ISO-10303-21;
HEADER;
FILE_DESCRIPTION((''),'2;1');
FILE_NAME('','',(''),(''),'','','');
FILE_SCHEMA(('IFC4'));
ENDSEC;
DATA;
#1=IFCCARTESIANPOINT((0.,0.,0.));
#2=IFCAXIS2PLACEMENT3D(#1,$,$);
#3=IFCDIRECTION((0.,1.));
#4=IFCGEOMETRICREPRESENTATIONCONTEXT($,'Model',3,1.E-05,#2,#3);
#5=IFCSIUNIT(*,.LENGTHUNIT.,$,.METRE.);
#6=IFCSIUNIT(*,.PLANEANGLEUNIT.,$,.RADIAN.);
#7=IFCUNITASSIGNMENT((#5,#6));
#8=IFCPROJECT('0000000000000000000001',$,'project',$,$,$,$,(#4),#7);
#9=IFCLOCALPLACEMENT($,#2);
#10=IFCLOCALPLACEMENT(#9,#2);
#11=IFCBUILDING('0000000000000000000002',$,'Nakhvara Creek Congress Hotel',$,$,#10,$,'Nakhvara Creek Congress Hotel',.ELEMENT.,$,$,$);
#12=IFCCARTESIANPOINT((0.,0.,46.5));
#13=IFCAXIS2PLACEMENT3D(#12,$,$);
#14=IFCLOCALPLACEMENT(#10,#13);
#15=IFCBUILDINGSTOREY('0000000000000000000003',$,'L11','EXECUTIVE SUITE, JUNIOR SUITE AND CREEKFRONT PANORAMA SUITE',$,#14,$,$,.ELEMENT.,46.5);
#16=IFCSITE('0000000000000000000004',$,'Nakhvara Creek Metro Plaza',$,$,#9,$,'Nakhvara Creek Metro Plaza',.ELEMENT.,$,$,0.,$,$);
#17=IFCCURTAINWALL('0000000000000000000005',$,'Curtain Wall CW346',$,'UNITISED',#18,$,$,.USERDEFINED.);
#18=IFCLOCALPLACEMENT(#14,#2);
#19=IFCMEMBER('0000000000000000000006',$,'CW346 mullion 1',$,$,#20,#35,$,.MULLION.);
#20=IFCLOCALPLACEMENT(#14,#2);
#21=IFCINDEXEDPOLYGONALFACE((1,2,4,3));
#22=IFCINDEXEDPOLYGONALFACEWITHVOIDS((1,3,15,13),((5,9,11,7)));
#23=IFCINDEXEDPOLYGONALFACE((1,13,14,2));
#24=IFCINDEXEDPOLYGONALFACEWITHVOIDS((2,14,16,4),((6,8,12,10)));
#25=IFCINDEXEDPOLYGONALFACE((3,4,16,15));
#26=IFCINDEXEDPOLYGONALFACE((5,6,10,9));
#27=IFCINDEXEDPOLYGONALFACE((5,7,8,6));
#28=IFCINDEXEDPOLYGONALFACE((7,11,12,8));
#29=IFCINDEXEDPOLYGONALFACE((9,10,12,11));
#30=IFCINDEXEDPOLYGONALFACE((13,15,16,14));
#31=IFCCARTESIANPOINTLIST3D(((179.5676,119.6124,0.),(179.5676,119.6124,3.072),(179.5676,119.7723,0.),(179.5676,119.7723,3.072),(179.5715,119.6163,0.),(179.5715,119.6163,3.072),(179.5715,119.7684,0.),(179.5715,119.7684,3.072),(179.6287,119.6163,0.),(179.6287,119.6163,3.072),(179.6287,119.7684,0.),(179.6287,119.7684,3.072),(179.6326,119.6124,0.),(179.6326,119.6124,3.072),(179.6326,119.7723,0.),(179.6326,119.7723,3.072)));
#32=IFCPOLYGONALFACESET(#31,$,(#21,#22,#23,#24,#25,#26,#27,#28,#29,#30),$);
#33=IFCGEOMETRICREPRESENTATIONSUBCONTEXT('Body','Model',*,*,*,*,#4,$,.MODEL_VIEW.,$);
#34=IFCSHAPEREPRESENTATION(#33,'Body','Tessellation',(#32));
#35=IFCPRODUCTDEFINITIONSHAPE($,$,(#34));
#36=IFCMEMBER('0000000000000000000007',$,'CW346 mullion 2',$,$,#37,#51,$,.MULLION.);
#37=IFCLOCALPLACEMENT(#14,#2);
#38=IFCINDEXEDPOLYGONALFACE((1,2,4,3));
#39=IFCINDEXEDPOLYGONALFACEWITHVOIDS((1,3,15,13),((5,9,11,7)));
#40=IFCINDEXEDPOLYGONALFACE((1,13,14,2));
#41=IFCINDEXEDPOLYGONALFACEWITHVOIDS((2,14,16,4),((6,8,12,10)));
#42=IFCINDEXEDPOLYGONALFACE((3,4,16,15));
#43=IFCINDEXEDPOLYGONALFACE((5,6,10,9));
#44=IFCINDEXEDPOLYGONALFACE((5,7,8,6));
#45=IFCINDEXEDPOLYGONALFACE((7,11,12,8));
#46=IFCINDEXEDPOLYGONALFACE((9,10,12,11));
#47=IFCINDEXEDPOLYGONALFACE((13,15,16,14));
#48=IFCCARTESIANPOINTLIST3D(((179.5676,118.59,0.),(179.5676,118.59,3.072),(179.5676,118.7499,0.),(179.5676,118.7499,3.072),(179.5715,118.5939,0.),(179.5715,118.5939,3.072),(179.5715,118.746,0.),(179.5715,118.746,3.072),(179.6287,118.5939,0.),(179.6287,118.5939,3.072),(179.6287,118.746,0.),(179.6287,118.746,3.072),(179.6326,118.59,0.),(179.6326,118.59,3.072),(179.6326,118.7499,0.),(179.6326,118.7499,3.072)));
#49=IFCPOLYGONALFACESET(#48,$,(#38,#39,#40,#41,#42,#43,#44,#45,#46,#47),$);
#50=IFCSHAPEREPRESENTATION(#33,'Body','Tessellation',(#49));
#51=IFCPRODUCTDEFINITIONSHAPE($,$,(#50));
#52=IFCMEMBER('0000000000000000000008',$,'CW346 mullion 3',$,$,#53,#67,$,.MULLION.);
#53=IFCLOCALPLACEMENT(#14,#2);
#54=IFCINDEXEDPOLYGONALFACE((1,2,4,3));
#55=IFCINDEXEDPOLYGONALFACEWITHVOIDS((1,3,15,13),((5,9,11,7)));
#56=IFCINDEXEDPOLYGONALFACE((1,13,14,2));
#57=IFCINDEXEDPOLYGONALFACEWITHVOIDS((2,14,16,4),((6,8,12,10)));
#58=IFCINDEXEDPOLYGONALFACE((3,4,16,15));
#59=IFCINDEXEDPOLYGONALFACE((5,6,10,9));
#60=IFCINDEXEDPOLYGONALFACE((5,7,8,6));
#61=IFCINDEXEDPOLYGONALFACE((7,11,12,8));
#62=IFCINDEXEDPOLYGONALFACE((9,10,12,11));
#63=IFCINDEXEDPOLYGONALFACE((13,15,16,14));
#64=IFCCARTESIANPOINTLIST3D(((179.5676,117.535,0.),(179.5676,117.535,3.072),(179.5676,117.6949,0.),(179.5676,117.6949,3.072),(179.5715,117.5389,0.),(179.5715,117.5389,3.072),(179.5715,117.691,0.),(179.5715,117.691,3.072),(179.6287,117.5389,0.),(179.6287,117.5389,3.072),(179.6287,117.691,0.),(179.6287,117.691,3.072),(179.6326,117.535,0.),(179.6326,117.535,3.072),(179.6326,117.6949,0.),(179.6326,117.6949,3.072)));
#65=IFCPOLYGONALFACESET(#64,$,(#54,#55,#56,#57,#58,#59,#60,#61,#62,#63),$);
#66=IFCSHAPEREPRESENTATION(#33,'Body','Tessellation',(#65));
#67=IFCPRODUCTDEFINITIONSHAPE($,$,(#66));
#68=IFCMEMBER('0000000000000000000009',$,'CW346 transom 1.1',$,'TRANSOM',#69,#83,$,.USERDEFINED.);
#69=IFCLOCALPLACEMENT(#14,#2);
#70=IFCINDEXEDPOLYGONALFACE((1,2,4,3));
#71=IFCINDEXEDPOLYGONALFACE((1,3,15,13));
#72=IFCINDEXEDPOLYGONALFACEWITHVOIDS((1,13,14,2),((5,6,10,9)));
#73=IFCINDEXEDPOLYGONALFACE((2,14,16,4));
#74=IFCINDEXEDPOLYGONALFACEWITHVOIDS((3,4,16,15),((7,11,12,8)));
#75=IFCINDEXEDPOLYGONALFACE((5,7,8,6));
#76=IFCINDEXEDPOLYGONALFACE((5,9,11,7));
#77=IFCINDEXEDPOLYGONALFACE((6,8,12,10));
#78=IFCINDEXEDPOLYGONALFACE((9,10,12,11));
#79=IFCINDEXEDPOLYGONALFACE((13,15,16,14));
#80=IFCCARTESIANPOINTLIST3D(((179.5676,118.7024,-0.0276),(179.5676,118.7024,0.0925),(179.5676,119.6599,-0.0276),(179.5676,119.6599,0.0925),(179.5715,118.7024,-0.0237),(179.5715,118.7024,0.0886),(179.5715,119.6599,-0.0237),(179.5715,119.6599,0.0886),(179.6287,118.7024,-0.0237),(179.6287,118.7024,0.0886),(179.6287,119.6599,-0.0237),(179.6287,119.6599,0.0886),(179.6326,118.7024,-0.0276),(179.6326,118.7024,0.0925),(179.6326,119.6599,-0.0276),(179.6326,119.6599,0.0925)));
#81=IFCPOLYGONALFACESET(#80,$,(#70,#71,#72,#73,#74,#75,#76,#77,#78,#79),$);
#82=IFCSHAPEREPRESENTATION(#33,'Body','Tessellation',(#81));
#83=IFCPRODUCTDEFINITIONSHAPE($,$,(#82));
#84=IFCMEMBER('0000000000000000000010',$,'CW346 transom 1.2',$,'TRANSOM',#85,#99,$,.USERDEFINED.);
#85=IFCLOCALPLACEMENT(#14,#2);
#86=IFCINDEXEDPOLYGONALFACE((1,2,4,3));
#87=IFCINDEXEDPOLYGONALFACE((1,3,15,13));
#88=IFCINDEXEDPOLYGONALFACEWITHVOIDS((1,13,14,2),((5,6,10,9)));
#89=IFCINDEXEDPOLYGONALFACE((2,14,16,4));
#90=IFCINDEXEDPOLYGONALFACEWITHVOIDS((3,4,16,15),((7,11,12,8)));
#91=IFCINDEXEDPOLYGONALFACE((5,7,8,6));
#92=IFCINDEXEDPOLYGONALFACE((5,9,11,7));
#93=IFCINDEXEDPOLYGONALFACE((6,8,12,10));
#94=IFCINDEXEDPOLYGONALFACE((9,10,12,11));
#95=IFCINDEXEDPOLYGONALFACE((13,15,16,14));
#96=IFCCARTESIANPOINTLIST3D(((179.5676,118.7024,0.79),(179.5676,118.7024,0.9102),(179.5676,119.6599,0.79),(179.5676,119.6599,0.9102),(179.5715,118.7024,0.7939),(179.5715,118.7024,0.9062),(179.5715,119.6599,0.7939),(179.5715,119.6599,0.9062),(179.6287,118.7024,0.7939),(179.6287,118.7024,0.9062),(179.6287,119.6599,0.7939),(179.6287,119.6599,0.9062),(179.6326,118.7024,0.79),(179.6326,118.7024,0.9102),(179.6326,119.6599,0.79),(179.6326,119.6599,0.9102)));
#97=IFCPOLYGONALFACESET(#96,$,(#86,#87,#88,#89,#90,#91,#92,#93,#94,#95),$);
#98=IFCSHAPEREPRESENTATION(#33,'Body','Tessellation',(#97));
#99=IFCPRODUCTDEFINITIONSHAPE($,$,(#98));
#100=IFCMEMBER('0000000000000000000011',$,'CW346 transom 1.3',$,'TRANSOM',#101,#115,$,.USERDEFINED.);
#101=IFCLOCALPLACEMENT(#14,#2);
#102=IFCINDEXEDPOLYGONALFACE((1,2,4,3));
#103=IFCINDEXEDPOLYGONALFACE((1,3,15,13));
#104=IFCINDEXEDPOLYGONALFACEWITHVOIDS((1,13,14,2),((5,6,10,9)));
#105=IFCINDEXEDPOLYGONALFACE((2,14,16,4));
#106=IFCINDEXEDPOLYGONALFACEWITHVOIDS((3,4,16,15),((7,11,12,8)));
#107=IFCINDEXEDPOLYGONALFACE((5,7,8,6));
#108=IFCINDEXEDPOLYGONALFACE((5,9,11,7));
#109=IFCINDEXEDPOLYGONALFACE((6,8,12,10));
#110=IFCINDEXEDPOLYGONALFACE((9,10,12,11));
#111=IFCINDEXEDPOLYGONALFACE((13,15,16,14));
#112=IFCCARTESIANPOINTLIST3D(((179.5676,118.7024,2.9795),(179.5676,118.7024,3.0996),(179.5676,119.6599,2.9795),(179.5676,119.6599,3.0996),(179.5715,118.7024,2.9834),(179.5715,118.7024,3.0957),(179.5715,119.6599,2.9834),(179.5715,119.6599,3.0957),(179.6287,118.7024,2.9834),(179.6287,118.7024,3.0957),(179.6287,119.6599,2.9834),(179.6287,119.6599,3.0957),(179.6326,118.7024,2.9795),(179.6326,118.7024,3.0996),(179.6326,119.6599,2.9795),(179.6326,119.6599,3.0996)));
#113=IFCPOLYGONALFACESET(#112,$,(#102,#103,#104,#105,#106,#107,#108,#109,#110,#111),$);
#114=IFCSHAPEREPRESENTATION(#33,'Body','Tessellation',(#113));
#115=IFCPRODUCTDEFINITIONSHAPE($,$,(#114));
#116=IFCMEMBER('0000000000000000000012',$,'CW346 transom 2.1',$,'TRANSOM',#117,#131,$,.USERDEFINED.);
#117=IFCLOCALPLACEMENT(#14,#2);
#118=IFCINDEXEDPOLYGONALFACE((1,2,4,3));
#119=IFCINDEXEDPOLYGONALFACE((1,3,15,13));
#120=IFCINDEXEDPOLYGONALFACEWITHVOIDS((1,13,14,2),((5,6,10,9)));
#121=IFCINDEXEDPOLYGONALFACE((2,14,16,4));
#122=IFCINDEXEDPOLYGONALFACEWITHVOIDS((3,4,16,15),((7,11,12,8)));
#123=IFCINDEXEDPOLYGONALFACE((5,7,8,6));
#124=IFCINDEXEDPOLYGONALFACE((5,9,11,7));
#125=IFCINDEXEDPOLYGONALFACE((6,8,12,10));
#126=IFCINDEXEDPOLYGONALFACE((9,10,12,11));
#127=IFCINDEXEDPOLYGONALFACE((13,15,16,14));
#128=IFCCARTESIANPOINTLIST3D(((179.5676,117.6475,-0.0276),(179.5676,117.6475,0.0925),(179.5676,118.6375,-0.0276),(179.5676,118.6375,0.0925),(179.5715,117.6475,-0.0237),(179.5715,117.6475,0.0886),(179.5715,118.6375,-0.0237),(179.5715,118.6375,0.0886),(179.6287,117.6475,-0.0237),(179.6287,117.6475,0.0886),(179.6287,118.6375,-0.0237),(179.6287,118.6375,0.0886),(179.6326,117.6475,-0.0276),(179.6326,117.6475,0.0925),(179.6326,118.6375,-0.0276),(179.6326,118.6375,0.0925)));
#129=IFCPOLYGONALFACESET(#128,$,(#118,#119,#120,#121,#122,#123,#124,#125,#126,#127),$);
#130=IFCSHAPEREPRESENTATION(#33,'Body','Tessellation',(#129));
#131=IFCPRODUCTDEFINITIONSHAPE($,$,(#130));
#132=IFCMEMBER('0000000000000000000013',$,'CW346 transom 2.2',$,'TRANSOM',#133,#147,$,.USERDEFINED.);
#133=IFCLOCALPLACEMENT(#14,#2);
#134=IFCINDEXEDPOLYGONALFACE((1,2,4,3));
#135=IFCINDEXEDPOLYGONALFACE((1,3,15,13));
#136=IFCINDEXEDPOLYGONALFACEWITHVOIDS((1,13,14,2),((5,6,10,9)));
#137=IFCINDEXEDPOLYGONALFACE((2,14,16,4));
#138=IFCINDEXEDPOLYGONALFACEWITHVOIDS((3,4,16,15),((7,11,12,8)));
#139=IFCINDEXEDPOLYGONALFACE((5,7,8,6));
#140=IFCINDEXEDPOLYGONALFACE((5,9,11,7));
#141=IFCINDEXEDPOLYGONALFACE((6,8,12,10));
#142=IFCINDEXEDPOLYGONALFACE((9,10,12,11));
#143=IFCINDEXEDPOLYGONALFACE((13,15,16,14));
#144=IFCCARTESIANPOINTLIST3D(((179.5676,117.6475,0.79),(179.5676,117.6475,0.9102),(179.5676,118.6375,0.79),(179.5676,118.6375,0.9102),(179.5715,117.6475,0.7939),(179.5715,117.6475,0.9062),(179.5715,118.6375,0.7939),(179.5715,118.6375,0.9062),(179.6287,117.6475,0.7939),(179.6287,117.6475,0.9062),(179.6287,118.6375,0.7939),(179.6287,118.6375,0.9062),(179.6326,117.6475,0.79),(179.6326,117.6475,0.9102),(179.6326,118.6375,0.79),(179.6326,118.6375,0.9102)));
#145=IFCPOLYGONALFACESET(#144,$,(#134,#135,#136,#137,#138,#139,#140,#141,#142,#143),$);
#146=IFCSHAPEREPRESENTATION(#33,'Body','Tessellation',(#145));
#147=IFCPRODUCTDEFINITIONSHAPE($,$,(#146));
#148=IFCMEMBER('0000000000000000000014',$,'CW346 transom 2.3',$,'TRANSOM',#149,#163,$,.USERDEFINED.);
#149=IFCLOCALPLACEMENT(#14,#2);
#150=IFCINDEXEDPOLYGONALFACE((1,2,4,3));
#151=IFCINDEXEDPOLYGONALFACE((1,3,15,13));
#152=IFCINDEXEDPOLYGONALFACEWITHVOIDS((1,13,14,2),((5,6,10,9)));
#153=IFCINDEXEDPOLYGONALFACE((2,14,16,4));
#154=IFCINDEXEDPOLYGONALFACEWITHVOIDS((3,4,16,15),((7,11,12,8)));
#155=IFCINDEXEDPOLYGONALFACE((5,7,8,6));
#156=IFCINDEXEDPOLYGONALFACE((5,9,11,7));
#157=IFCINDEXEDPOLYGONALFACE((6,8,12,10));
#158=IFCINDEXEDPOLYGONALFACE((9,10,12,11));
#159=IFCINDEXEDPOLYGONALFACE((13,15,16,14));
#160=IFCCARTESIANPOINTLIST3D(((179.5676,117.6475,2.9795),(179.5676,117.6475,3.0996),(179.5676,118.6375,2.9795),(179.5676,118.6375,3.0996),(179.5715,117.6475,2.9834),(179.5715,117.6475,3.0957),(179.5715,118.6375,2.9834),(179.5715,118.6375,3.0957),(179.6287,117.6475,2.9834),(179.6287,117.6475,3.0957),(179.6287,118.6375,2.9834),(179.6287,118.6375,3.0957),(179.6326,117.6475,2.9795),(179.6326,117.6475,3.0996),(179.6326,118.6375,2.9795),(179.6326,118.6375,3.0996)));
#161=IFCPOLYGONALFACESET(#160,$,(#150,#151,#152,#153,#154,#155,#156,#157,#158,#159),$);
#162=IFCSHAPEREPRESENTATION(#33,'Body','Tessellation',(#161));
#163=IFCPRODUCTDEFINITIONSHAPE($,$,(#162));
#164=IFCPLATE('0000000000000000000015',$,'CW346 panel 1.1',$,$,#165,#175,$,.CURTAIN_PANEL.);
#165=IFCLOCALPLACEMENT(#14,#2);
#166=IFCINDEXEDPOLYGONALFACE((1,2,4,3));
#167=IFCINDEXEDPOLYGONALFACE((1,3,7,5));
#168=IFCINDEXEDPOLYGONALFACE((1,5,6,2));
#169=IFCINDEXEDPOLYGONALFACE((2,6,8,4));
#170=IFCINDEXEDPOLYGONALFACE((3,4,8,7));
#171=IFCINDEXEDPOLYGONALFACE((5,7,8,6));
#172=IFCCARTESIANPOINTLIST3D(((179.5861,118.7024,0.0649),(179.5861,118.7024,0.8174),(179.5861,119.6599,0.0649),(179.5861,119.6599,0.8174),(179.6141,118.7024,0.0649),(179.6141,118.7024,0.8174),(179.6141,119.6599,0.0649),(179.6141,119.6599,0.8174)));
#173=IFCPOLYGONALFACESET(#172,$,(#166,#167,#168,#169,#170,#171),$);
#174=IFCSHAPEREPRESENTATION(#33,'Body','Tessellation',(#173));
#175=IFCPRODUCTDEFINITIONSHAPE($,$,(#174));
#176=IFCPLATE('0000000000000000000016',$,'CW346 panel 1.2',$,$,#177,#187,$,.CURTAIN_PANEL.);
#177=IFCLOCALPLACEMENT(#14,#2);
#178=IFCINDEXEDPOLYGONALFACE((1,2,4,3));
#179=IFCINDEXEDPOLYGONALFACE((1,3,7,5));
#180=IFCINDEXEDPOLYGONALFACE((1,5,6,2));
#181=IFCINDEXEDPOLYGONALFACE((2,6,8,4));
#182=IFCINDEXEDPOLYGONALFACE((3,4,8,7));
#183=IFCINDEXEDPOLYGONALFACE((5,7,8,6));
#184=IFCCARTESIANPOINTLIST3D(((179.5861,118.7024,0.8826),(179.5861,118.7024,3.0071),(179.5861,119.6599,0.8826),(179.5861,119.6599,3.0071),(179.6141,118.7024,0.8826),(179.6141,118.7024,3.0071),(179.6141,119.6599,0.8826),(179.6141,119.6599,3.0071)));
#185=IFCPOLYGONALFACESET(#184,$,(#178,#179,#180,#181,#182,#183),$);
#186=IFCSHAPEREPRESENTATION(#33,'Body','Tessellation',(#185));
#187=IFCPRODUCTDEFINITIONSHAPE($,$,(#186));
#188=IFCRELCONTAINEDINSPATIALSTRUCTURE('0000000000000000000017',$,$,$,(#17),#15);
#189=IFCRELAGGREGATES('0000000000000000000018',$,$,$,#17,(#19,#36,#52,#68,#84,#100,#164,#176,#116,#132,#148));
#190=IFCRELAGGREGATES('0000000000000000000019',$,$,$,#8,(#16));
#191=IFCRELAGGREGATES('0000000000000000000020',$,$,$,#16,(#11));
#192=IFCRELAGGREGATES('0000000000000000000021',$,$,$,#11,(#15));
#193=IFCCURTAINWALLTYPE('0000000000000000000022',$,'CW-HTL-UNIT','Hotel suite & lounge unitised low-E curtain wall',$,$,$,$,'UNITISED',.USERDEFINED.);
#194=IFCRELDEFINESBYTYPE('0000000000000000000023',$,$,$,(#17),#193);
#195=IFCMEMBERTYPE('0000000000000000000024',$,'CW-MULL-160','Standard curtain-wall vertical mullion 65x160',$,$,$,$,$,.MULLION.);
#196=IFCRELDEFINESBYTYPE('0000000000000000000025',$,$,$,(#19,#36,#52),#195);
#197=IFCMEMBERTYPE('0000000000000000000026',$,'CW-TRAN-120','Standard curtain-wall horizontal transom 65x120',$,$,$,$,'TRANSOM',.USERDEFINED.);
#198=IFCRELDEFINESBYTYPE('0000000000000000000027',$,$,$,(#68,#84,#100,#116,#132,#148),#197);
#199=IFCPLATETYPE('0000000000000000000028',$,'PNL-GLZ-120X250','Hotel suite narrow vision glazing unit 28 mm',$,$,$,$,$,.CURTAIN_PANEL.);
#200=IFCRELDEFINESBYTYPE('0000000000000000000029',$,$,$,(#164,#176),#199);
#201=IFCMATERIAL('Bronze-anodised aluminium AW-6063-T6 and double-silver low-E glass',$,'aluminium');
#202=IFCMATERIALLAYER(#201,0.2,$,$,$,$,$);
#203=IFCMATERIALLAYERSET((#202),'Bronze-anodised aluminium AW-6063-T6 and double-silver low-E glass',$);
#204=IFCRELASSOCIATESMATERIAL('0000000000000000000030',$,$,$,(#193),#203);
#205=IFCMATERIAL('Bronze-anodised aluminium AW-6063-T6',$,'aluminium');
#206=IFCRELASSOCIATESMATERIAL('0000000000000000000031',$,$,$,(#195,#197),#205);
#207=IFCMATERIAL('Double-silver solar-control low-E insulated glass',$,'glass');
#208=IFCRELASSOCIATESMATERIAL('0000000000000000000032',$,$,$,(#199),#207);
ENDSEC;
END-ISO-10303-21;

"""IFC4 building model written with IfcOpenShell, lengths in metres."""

from ifc_helpers import new_model, si_unit, direction, frame, origin, origin_2d, place, context, subcontext, project, spatial, rectangle, hollow_rectangle, extrude, material, layer, layer_set, material_profile, profile_set, type_object, element, aggregate, save


model = new_model("IFC4")

# Units and contexts
model_context = context("Model", 3, precision=1e-05, world=origin(), true_north=direction((0.0, 1.0)))
body_context = subcontext(model_context, "Body", "Model", "MODEL_VIEW")
ifc_project = project(units=[si_unit("LENGTHUNIT", "METRE"), si_unit("PLANEANGLEUNIT", "RADIAN")], contexts=[model_context])

# Site, building, storey
site_placement = place(None, origin())
site = spatial("IfcSite", under=ifc_project, at=site_placement, Name="Nakhvara Creek Metro Plaza", LongName="Nakhvara Creek Metro Plaza", CompositionType="ELEMENT", RefElevation=0.0)
building_placement = place(site_placement, origin())
building = spatial("IfcBuilding", under=site, at=building_placement, Name="Nakhvara Creek Congress Hotel", LongName="Nakhvara Creek Congress Hotel", CompositionType="ELEMENT")
storey_placement = place(building_placement, frame((0.0, 0.0, 46.5)))
storey = spatial("IfcBuildingStorey", under=building, at=storey_placement, Name="L11", Description="EXECUTIVE SUITE, JUNIOR SUITE AND CREEKFRONT PANORAMA SUITE", CompositionType="ELEMENT", Elevation=46.5)

# Curtain wall, members, plates
ifc_material_1 = material(Name="Bronze-anodised aluminium AW-6063-T6 and double-silver low-E glass", Category="aluminium")
ifc_layer_1 = layer(ifc_material_1, 0.2)
ifc_layer_set_1 = layer_set([ifc_layer_1], Name="Bronze-anodised aluminium AW-6063-T6 and double-silver low-E glass")
curtain_wall_type = type_object("IfcCurtainWallType", Name="CW-HTL-UNIT", Description="Hotel suite & lounge unitised low-E curtain wall", ElementType="UNITISED", PredefinedType="USERDEFINED", material=ifc_layer_set_1)
curtain_wall_placement = place(storey_placement, origin())
curtain_wall = element("IfcCurtainWall", 1, at=curtain_wall_placement, inside=storey, type_object=curtain_wall_type, Name="Curtain Wall CW346", ObjectType="UNITISED", PredefinedType="USERDEFINED")
ifc_material_2 = material(Name="Bronze-anodised aluminium AW-6063-T6", Category="aluminium")
ifc_material_profile_1 = material_profile(ifc_material_2, hollow_rectangle(XDim=0.0649, YDim=0.1599, WallThickness=0.0039, at=origin_2d()), Name="ALU-MULL 65x160x4", Category="LoadBearing")
ifc_profile_set_1 = profile_set([ifc_material_profile_1], Name="Bronze-anodised aluminium AW-6063-T6")
member_type_1 = type_object("IfcMemberType", Name="CW-MULL-160", Description="Standard curtain-wall vertical mullion 65x160", PredefinedType="MULLION", material=ifc_profile_set_1)
member_1_placement = place(storey_placement, frame((179.6001, 119.6924, 0.0), z_axis=(0.0, 0.0, 1.0), x_axis=(1.0, 0.0, 0.0)))
member_1 = element("IfcMember", 2, at=member_1_placement, type_object=member_type_1, Name="CW346 mullion 1", PredefinedType="MULLION", context=body_context, shape_type="SweptSolid", body=[
    extrude(hollow_rectangle(XDim=0.0649, YDim=0.1599, WallThickness=0.0039, at=origin_2d()), origin(), (0.0, 0.0, 1.0), 3.072),
])
member_2_placement = place(storey_placement, frame((179.6001, 118.6699, 0.0), z_axis=(0.0, 0.0, 1.0), x_axis=(1.0, 0.0, 0.0)))
member_2 = element("IfcMember", 3, at=member_2_placement, type_object=member_type_1, Name="CW346 mullion 2", PredefinedType="MULLION", context=body_context, shape_type="SweptSolid", body=[
    extrude(hollow_rectangle(XDim=0.0649, YDim=0.1599, WallThickness=0.0039, at=origin_2d()), origin(), (0.0, 0.0, 1.0), 3.072),
])
member_3_placement = place(storey_placement, frame((179.6001, 117.615, 0.0), z_axis=(0.0, 0.0, 1.0), x_axis=(1.0, 0.0, 0.0)))
member_3 = element("IfcMember", 4, at=member_3_placement, type_object=member_type_1, Name="CW346 mullion 3", PredefinedType="MULLION", context=body_context, shape_type="SweptSolid", body=[
    extrude(hollow_rectangle(XDim=0.0649, YDim=0.1599, WallThickness=0.0039, at=origin_2d()), origin(), (0.0, 0.0, 1.0), 3.072),
])
ifc_material_profile_2 = material_profile(ifc_material_2, hollow_rectangle(XDim=0.0649, YDim=0.1201, WallThickness=0.0039, at=origin_2d()), Name="ALU-TRAN 65x120x4", Category="LoadBearing")
ifc_profile_set_2 = profile_set([ifc_material_profile_2], Name="Bronze-anodised aluminium AW-6063-T6")
member_type_2 = type_object("IfcMemberType", Name="CW-TRAN-120", Description="Standard curtain-wall horizontal transom 65x120", ElementType="TRANSOM", PredefinedType="USERDEFINED", material=ifc_profile_set_2)
member_4_placement = place(storey_placement, frame((179.6001, 119.6599, 0.0325), z_axis=(0.0, -1.0, 0.0), x_axis=(1.0, 0.0, 0.0)))
member_4 = element("IfcMember", 5, at=member_4_placement, type_object=member_type_2, Name="CW346 transom 1.1", ObjectType="TRANSOM", PredefinedType="USERDEFINED", context=body_context, shape_type="SweptSolid", body=[
    extrude(hollow_rectangle(XDim=0.0649, YDim=0.1201, WallThickness=0.0039, at=origin_2d()), origin(), (0.0, 0.0, 1.0), 0.9575),
])
member_5_placement = place(storey_placement, frame((179.6001, 119.6599, 0.8501), z_axis=(0.0, -1.0, 0.0), x_axis=(1.0, 0.0, 0.0)))
member_5 = element("IfcMember", 6, at=member_5_placement, type_object=member_type_2, Name="CW346 transom 1.2", ObjectType="TRANSOM", PredefinedType="USERDEFINED", context=body_context, shape_type="SweptSolid", body=[
    extrude(hollow_rectangle(XDim=0.0649, YDim=0.1201, WallThickness=0.0039, at=origin_2d()), origin(), (0.0, 0.0, 1.0), 0.9575),
])
member_6_placement = place(storey_placement, frame((179.6001, 119.6599, 3.0396), z_axis=(0.0, -1.0, 0.0), x_axis=(1.0, 0.0, 0.0)))
member_6 = element("IfcMember", 7, at=member_6_placement, type_object=member_type_2, Name="CW346 transom 1.3", ObjectType="TRANSOM", PredefinedType="USERDEFINED", context=body_context, shape_type="SweptSolid", body=[
    extrude(hollow_rectangle(XDim=0.0649, YDim=0.1201, WallThickness=0.0039, at=origin_2d()), origin(), (0.0, 0.0, 1.0), 0.9575),
])
member_7_placement = place(storey_placement, frame((179.6001, 118.6375, 0.0325), z_axis=(0.0, -1.0, 0.0), x_axis=(1.0, 0.0, 0.0)))
member_7 = element("IfcMember", 8, at=member_7_placement, type_object=member_type_2, Name="CW346 transom 2.1", ObjectType="TRANSOM", PredefinedType="USERDEFINED", context=body_context, shape_type="SweptSolid", body=[
    extrude(hollow_rectangle(XDim=0.0649, YDim=0.1201, WallThickness=0.0039, at=origin_2d()), origin(), (0.0, 0.0, 1.0), 0.99),
])
member_8_placement = place(storey_placement, frame((179.6001, 118.6375, 0.8501), z_axis=(0.0, -1.0, 0.0), x_axis=(1.0, 0.0, 0.0)))
member_8 = element("IfcMember", 9, at=member_8_placement, type_object=member_type_2, Name="CW346 transom 2.2", ObjectType="TRANSOM", PredefinedType="USERDEFINED", context=body_context, shape_type="SweptSolid", body=[
    extrude(hollow_rectangle(XDim=0.0649, YDim=0.1201, WallThickness=0.0039, at=origin_2d()), origin(), (0.0, 0.0, 1.0), 0.99),
])
member_9_placement = place(storey_placement, frame((179.6001, 118.6375, 3.0396), z_axis=(0.0, -1.0, 0.0), x_axis=(1.0, 0.0, 0.0)))
member_9 = element("IfcMember", 10, at=member_9_placement, type_object=member_type_2, Name="CW346 transom 2.3", ObjectType="TRANSOM", PredefinedType="USERDEFINED", context=body_context, shape_type="SweptSolid", body=[
    extrude(hollow_rectangle(XDim=0.0649, YDim=0.1201, WallThickness=0.0039, at=origin_2d()), origin(), (0.0, 0.0, 1.0), 0.99),
])
ifc_material_3 = material(Name="Double-silver solar-control low-E insulated glass", Category="glass")
plate_type = type_object("IfcPlateType", Name="PNL-GLZ-120X250", Description="Hotel suite narrow vision glazing unit 28 mm", PredefinedType="CURTAIN_PANEL", material=ifc_material_3)
plate_1_placement = place(storey_placement, frame((179.6001, 119.1812, 0.0649), z_axis=(0.0, 0.0, 1.0), x_axis=(0.0, -1.0, 0.0)))
plate_1 = element("IfcPlate", 11, at=plate_1_placement, type_object=plate_type, Name="CW346 panel 1.1", PredefinedType="CURTAIN_PANEL", context=body_context, shape_type="SweptSolid", body=[
    extrude(rectangle(XDim=0.9575, YDim=0.0281, at=origin_2d()), origin(), (0.0, 0.0, 1.0), 0.7524),
])
plate_2_placement = place(storey_placement, frame((179.6001, 119.1812, 0.8826), z_axis=(0.0, 0.0, 1.0), x_axis=(0.0, -1.0, 0.0)))
plate_2 = element("IfcPlate", 12, at=plate_2_placement, type_object=plate_type, Name="CW346 panel 1.2", PredefinedType="CURTAIN_PANEL", context=body_context, shape_type="SweptSolid", body=[
    extrude(rectangle(XDim=0.9575, YDim=0.0281, at=origin_2d()), origin(), (0.0, 0.0, 1.0), 2.1245),
])
aggregate(curtain_wall, [member_1, member_2, member_3, member_4, member_5, member_6, plate_1, plate_2, member_7, member_8, member_9])

save(model, "model.ifc")
